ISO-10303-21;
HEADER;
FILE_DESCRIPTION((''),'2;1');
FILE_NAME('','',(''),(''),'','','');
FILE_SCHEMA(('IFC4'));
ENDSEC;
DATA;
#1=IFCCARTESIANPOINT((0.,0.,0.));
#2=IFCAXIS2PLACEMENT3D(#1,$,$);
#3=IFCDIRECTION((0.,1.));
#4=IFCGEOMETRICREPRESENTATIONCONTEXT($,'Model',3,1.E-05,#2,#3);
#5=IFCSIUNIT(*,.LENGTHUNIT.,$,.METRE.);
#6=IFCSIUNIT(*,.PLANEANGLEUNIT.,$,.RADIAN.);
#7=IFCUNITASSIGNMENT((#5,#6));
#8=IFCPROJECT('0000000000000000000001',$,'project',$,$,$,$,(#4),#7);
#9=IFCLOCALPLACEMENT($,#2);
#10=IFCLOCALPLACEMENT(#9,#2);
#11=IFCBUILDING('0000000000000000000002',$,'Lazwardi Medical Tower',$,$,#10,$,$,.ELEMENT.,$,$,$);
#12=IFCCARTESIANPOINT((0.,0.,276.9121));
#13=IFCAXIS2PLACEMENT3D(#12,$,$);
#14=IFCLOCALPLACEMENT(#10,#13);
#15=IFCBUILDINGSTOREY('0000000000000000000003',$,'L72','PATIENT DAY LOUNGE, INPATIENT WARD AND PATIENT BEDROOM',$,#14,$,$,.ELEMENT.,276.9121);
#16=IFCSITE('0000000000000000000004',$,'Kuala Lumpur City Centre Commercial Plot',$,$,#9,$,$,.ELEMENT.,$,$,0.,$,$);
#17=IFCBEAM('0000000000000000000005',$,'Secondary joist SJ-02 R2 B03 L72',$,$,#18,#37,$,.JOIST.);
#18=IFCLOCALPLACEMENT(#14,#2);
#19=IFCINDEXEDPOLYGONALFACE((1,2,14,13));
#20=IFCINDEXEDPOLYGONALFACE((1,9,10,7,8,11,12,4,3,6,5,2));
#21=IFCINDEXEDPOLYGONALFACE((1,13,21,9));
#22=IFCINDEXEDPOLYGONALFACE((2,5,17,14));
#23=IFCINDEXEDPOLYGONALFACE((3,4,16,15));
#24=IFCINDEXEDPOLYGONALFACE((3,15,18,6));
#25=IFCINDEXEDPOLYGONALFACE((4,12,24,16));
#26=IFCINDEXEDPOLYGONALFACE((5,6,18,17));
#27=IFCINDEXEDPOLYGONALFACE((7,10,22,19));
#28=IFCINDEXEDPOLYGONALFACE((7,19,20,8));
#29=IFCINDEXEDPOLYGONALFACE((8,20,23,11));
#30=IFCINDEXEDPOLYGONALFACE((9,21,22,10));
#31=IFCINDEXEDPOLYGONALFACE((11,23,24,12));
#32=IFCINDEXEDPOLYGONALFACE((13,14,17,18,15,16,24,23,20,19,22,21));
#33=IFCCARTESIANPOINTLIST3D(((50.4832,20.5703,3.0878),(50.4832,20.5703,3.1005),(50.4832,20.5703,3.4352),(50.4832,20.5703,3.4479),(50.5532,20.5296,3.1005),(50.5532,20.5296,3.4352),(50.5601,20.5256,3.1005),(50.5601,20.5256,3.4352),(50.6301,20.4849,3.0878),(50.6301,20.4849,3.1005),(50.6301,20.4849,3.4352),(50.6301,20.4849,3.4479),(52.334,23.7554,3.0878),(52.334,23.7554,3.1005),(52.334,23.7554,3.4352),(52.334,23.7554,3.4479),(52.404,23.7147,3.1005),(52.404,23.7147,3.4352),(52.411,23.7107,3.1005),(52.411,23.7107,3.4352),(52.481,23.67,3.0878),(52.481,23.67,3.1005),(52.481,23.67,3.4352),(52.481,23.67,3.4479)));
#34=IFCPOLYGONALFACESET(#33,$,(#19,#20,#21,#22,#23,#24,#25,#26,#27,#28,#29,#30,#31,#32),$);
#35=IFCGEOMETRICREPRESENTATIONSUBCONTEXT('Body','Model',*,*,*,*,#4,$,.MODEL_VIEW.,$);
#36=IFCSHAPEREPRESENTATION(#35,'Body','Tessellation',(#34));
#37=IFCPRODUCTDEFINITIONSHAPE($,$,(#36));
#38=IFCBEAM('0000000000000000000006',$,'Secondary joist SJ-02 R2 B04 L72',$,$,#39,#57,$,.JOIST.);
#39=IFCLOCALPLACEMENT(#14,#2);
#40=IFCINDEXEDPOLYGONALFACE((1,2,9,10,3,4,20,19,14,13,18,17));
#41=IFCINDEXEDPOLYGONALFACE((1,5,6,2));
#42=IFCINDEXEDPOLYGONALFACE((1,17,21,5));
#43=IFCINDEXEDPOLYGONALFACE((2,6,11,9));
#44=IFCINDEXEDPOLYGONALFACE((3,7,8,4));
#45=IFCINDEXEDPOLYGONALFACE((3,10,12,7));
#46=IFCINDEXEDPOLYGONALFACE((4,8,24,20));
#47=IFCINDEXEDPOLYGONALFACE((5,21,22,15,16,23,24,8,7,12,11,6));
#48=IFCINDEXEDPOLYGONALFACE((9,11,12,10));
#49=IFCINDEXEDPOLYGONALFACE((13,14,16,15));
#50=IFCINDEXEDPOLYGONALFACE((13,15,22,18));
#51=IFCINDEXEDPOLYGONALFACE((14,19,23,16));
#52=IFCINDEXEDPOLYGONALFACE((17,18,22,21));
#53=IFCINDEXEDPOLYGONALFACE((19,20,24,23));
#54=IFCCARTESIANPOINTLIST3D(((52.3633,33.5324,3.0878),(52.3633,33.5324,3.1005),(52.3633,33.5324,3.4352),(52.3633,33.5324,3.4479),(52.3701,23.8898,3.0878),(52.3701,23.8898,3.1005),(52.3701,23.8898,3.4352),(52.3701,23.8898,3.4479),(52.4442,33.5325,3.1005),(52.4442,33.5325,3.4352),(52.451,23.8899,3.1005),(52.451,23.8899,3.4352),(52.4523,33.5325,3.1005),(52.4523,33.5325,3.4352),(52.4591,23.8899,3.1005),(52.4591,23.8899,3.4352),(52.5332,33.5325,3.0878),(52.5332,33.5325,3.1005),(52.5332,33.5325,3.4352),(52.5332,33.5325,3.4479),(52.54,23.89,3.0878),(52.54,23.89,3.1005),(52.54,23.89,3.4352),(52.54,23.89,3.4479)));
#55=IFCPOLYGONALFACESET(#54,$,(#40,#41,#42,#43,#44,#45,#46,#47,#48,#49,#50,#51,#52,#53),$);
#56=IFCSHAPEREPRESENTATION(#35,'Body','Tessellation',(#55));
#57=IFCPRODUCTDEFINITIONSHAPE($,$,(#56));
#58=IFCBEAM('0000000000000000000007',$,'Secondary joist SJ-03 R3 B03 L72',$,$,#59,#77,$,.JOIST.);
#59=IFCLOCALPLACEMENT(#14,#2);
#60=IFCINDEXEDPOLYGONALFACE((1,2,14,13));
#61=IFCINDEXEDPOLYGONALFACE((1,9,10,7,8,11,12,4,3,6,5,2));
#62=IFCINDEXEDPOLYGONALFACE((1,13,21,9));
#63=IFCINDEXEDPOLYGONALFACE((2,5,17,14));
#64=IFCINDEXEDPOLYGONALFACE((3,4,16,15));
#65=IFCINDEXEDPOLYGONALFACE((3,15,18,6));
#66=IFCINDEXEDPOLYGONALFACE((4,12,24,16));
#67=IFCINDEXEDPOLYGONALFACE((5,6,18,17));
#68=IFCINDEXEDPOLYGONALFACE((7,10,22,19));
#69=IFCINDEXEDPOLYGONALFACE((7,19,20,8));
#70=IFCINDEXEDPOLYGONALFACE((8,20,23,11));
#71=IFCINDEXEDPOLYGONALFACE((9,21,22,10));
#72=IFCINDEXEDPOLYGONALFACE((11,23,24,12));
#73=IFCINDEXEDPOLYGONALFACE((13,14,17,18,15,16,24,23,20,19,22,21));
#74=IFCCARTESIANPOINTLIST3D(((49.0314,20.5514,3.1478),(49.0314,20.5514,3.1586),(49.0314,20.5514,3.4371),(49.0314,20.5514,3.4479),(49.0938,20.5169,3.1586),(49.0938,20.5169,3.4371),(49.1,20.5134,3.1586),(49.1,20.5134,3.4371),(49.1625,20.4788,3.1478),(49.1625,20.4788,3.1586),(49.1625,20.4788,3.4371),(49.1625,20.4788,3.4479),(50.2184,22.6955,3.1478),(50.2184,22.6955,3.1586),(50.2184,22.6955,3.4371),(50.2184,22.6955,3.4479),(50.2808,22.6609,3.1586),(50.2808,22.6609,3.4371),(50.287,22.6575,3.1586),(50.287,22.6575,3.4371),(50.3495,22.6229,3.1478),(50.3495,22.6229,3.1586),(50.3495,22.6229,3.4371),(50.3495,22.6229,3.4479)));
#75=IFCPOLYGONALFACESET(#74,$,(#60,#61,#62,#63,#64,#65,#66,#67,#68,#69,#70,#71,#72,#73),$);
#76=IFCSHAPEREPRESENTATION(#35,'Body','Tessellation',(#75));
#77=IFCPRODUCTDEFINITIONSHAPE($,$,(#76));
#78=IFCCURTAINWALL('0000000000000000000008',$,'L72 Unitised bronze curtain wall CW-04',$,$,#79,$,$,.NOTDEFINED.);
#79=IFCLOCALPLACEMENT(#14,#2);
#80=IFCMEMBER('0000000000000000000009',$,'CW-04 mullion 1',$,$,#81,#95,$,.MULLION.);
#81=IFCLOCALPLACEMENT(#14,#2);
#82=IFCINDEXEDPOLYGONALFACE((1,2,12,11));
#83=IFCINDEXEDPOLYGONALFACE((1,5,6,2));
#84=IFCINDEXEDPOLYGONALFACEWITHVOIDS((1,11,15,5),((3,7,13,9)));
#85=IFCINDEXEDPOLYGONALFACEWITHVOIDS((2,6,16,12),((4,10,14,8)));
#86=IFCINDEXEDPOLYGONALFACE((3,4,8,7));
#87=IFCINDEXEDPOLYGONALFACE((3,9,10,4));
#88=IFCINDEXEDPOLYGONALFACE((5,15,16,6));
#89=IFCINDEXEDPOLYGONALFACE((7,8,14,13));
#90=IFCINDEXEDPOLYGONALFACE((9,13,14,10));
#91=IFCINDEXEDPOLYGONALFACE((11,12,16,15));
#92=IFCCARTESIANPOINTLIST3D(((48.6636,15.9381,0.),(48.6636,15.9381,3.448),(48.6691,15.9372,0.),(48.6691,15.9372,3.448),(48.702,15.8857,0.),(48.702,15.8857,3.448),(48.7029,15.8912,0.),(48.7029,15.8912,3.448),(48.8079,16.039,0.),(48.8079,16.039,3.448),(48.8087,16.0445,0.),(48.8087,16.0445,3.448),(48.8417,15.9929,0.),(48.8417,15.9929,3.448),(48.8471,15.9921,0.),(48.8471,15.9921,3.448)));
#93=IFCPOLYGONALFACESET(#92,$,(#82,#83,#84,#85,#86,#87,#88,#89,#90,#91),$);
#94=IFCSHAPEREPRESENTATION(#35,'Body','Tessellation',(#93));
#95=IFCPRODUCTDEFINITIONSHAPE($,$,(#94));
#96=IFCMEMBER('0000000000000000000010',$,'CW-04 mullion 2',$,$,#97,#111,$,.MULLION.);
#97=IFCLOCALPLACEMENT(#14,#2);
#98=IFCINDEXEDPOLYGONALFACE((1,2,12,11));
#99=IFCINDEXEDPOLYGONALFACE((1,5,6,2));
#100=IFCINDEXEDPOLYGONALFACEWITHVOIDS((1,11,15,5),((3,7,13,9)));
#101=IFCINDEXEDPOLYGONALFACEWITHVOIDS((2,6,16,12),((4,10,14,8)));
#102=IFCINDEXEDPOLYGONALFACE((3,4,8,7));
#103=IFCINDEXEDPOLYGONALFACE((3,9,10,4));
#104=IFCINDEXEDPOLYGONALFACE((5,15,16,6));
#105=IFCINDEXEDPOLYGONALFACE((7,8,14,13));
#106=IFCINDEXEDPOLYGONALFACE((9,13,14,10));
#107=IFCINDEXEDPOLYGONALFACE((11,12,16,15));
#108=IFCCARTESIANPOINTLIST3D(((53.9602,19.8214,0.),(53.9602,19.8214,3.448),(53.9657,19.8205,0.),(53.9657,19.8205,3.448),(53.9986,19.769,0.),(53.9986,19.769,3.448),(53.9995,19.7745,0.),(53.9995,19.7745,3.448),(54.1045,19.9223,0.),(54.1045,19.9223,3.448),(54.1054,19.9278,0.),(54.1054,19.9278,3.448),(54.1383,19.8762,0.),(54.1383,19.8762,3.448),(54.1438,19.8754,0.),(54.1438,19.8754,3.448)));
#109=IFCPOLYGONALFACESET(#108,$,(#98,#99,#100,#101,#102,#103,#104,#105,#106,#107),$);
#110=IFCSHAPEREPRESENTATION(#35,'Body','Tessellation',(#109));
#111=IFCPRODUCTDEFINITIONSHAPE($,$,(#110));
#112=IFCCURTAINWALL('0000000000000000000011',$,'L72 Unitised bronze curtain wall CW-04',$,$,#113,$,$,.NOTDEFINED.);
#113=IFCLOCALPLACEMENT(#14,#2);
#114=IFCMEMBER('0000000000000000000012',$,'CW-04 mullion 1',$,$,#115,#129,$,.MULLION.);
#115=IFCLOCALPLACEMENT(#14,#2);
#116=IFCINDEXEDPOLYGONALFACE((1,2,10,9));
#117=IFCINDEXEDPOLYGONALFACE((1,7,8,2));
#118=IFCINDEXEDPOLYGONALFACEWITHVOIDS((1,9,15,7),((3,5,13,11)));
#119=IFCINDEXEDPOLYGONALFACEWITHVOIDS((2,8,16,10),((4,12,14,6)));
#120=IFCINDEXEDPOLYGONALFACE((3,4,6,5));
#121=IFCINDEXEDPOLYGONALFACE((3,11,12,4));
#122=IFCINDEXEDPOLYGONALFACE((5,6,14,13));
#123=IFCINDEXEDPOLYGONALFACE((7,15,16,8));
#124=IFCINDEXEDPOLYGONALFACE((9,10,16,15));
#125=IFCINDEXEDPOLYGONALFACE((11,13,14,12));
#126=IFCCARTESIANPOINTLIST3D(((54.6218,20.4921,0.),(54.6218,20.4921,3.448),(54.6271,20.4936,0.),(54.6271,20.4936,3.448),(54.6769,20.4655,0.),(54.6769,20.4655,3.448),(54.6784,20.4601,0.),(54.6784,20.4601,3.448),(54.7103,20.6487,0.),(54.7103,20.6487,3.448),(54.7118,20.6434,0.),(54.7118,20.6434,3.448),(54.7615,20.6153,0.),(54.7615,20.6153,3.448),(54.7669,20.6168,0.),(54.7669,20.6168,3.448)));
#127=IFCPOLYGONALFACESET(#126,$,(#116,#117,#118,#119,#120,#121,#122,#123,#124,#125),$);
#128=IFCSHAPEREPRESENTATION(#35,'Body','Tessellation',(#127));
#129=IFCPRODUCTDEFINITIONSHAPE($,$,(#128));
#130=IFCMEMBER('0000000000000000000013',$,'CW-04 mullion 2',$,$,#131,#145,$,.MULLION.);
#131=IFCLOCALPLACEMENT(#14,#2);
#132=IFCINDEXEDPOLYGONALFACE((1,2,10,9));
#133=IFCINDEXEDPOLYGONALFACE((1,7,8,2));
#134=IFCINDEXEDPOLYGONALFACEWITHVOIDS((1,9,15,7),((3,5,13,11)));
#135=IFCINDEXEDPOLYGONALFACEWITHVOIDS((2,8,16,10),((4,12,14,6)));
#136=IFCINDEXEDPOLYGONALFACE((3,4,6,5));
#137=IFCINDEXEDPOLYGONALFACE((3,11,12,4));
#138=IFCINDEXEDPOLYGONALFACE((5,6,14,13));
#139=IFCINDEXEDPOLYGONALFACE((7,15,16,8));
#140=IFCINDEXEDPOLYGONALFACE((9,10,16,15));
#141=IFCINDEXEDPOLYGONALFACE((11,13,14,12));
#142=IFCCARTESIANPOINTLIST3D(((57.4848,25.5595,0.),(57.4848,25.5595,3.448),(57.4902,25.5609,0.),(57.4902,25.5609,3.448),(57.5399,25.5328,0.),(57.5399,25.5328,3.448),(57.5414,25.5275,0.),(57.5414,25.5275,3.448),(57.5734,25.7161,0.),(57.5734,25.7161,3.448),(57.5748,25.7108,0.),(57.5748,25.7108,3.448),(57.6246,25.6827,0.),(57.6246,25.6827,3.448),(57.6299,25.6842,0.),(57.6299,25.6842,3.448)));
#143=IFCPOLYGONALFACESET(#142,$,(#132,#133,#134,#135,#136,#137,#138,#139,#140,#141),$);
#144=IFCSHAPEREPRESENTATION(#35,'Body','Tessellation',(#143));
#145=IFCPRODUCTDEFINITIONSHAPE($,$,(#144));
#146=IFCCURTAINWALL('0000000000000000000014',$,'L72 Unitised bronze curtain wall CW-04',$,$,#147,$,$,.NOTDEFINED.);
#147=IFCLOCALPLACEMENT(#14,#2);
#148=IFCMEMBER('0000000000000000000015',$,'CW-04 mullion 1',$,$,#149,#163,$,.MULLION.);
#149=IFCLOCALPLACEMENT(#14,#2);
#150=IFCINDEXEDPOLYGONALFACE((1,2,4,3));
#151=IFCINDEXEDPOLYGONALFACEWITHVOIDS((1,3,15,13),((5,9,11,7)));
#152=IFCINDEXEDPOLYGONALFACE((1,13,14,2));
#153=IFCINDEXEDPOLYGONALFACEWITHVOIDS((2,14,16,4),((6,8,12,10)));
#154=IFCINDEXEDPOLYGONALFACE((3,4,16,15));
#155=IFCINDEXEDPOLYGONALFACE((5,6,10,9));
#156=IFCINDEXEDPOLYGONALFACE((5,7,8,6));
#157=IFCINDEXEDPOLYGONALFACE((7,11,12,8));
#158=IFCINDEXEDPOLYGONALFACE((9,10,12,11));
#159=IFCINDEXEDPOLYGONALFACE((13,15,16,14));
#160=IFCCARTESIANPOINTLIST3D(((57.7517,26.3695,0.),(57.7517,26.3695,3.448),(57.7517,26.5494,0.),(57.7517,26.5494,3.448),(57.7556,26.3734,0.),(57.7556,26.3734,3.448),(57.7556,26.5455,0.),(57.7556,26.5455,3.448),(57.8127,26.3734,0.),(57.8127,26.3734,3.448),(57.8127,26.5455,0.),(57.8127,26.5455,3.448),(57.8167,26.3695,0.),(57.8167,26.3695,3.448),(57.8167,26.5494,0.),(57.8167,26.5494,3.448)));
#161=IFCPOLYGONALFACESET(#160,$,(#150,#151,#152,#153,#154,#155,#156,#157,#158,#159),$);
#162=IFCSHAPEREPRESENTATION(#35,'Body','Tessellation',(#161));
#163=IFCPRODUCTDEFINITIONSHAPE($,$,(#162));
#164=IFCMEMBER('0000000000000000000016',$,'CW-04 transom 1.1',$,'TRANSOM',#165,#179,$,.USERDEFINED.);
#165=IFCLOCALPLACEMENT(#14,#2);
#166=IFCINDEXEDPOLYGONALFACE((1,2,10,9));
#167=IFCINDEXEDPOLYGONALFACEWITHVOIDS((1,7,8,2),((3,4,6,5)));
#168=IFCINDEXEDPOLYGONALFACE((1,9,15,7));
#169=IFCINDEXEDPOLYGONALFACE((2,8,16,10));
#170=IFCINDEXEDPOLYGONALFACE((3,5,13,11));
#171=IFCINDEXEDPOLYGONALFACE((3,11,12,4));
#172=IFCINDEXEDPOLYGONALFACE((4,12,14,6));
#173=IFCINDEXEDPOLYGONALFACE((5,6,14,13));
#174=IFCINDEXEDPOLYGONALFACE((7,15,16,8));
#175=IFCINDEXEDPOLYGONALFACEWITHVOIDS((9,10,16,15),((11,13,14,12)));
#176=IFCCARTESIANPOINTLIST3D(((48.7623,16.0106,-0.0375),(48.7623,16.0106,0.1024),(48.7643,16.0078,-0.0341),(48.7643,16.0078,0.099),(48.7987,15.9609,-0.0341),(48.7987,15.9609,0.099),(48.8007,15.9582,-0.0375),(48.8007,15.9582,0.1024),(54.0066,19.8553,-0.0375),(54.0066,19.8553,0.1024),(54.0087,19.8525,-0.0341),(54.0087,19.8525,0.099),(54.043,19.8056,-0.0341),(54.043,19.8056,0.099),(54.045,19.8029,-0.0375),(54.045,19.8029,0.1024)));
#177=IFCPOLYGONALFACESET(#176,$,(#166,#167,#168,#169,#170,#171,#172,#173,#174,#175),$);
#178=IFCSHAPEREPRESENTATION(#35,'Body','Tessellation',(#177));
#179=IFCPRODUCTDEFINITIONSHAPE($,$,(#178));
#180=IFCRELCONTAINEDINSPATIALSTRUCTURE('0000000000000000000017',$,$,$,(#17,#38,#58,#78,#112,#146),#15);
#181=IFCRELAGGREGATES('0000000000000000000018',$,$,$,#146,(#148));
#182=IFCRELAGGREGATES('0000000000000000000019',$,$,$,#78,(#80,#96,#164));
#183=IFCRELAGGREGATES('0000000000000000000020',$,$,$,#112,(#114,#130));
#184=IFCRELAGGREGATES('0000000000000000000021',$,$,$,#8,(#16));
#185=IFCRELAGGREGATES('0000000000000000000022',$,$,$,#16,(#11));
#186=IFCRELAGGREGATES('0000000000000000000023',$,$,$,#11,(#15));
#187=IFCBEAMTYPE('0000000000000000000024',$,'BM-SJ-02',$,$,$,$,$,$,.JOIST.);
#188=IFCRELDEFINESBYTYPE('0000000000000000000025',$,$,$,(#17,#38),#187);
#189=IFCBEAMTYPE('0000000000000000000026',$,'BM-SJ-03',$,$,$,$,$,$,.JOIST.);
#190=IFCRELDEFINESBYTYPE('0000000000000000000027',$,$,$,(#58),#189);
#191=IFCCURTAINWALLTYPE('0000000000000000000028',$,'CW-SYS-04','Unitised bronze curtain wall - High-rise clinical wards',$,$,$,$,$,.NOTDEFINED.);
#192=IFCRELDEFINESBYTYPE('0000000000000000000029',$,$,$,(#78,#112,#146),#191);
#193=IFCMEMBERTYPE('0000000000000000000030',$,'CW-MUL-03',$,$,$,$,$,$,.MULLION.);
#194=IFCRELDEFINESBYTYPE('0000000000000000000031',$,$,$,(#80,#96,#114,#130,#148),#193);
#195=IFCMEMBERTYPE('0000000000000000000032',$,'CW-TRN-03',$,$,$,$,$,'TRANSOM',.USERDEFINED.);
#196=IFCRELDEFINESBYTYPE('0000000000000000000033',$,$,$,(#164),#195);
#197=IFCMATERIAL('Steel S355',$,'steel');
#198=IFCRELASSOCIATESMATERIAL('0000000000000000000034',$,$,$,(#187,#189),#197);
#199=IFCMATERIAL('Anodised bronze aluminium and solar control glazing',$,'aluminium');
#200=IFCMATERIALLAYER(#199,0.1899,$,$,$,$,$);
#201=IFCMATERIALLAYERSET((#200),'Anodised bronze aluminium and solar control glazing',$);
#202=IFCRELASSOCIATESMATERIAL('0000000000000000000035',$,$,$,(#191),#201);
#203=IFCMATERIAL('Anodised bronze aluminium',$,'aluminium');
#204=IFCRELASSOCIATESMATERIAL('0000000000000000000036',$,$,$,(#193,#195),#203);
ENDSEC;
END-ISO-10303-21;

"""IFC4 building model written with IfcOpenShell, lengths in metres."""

from ifc_helpers import new_model, si_unit, direction, frame, origin, origin_2d, place, context, subcontext, project, spatial, hollow_rectangle, i_section, extrude, material, layer, layer_set, material_profile, profile_set, type_object, element, aggregate, save


model = new_model("IFC4")

# Units and contexts
model_context = context("Model", 3, precision=1e-05, world=origin(), true_north=direction((0.0, 1.0)))
body_context = subcontext(model_context, "Body", "Model", "MODEL_VIEW")
ifc_project = project(units=[si_unit("LENGTHUNIT", "METRE"), si_unit("PLANEANGLEUNIT", "RADIAN")], contexts=[model_context])

# Site, building, storey
site_placement = place(None, origin())
site = spatial("IfcSite", under=ifc_project, at=site_placement, Name="Kuala Lumpur City Centre Commercial Plot", CompositionType="ELEMENT", RefElevation=0.0)
building_placement = place(site_placement, origin())
building = spatial("IfcBuilding", under=site, at=building_placement, Name="Lazwardi Medical Tower", CompositionType="ELEMENT")
storey_placement = place(building_placement, frame((0.0, 0.0, 276.9121)))
storey = spatial("IfcBuildingStorey", under=building, at=storey_placement, Name="L72", Description="PATIENT DAY LOUNGE, INPATIENT WARD AND PATIENT BEDROOM", CompositionType="ELEMENT", Elevation=276.9121)

# Beams
ifc_material_1 = material(Name="Steel S355", Category="steel")
ifc_material_profile_1 = material_profile(ifc_material_1, i_section(OverallWidth=0.1699, OverallDepth=0.3601, WebThickness=0.0081, FlangeThickness=0.0127, at=origin_2d()), Name="IPE 360")
ifc_profile_set_1 = profile_set([ifc_material_profile_1], Name="Steel S355")
beam_type_1 = type_object("IfcBeamType", Name="BM-SJ-02", PredefinedType="JOIST", material=ifc_profile_set_1)
beam_1_placement = place(storey_placement, frame((50.5566, 20.5276, 3.2678), z_axis=(0.502428, 0.864619, 0.0), x_axis=(-0.864619, 0.502428, 0.0)))
element("IfcBeam", 1, at=beam_1_placement, inside=storey, type_object=beam_type_1, Name="Secondary joist SJ-02 R2 B03 L72", PredefinedType="JOIST", context=body_context, shape_type="SweptSolid", body=[
    extrude(i_section(OverallWidth=0.1699, OverallDepth=0.3601, WebThickness=0.0081, FlangeThickness=0.0127, at=origin_2d()), origin(), (0.0, 0.0, 1.0), 3.6838),
])
beam_2_placement = place(storey_placement, frame((52.4551, 23.8899, 3.2678), z_axis=(-0.000709, 1.0, 0.0), x_axis=(-1.0, -0.000709, 0.0)))
element("IfcBeam", 2, at=beam_2_placement, inside=storey, type_object=beam_type_1, Name="Secondary joist SJ-02 R2 B04 L72", PredefinedType="JOIST", context=body_context, shape_type="SweptSolid", body=[
    extrude(i_section(OverallWidth=0.1699, OverallDepth=0.3601, WebThickness=0.0081, FlangeThickness=0.0127, at=origin_2d()), origin(), (0.0, 0.0, 1.0), 9.6426),
])
ifc_material_profile_2 = material_profile(ifc_material_1, i_section(OverallWidth=0.1499, OverallDepth=0.3, WebThickness=0.0071, FlangeThickness=0.0107, at=origin_2d()), Name="IPE 300")
ifc_profile_set_2 = profile_set([ifc_material_profile_2], Name="Steel S355")
beam_type_2 = type_object("IfcBeamType", Name="BM-SJ-03", PredefinedType="JOIST", material=ifc_profile_set_2)
beam_3_placement = place(storey_placement, frame((49.0969, 20.5151, 3.2979), z_axis=(0.484357, 0.874871, 0.0), x_axis=(-0.874871, 0.484357, 0.0)))
element("IfcBeam", 3, at=beam_3_placement, inside=storey, type_object=beam_type_2, Name="Secondary joist SJ-03 R3 B03 L72", PredefinedType="JOIST", context=body_context, shape_type="SweptSolid", body=[
    extrude(i_section(OverallWidth=0.1499, OverallDepth=0.3, WebThickness=0.0071, FlangeThickness=0.0107, at=origin_2d()), origin(), (0.0, 0.0, 1.0), 2.4507),
])

# Curtain walls, members
ifc_material_2 = material(Name="Anodised bronze aluminium and solar control glazing", Category="aluminium")
ifc_layer_1 = layer(ifc_material_2, 0.1899)
ifc_layer_set_1 = layer_set([ifc_layer_1], Name="Anodised bronze aluminium and solar control glazing")
curtain_wall_type = type_object("IfcCurtainWallType", Name="CW-SYS-04", Description="Unitised bronze curtain wall - High-rise clinical wards", PredefinedType="NOTDEFINED", material=ifc_layer_set_1)
curtain_wall_1_placement = place(storey_placement, origin())
curtain_wall_1 = element("IfcCurtainWall", 4, at=curtain_wall_1_placement, inside=storey, type_object=curtain_wall_type, Name="L72 Unitised bronze curtain wall CW-04", PredefinedType="NOTDEFINED")
ifc_material_3 = material(Name="Anodised bronze aluminium", Category="aluminium")
ifc_material_profile_3 = material_profile(ifc_material_3, hollow_rectangle(XDim=0.0649, YDim=0.1799, WallThickness=0.0039, at=origin_2d()), Name="ALU-MULLION 180x65x4")
ifc_profile_set_3 = profile_set([ifc_material_profile_3], Name="Anodised bronze aluminium")
member_type_1 = type_object("IfcMemberType", Name="CW-MUL-03", PredefinedType="MULLION", material=ifc_profile_set_3)
member_1_placement = place(storey_placement, frame((48.7554, 15.9651, 0.0), z_axis=(0.0, 0.0, 1.0), x_axis=(-0.591268, 0.806475, 0.0)))
member_1 = element("IfcMember", 5, at=member_1_placement, type_object=member_type_1, Name="CW-04 mullion 1", PredefinedType="MULLION", context=body_context, shape_type="SweptSolid", body=[
    extrude(hollow_rectangle(XDim=0.0649, YDim=0.1799, WallThickness=0.0039, at=origin_2d()), origin(), (0.0, 0.0, 1.0), 3.448),
])
member_2_placement = place(storey_placement, frame((54.052, 19.8484, 0.0), z_axis=(0.0, 0.0, 1.0), x_axis=(-0.591268, 0.806475, 0.0)))
member_2 = element("IfcMember", 6, at=member_2_placement, type_object=member_type_1, Name="CW-04 mullion 2", PredefinedType="MULLION", context=body_context, shape_type="SweptSolid", body=[
    extrude(hollow_rectangle(XDim=0.0649, YDim=0.1799, WallThickness=0.0039, at=origin_2d()), origin(), (0.0, 0.0, 1.0), 3.448),
])
curtain_wall_2_placement = place(storey_placement, origin())
curtain_wall_2 = element("IfcCurtainWall", 7, at=curtain_wall_2_placement, inside=storey, type_object=curtain_wall_type, Name="L72 Unitised bronze curtain wall CW-04", PredefinedType="NOTDEFINED")
member_3_placement = place(storey_placement, frame((54.6943, 20.5544, 0.0), z_axis=(0.0, 0.0, 1.0), x_axis=(-0.870651, 0.4919, 0.0)))
member_3 = element("IfcMember", 8, at=member_3_placement, type_object=member_type_1, Name="CW-04 mullion 1", PredefinedType="MULLION", context=body_context, shape_type="SweptSolid", body=[
    extrude(hollow_rectangle(XDim=0.0649, YDim=0.1799, WallThickness=0.0039, at=origin_2d()), origin(), (0.0, 0.0, 1.0), 3.448),
])
member_4_placement = place(storey_placement, frame((57.5574, 25.6218, 0.0), z_axis=(0.0, 0.0, 1.0), x_axis=(-0.870651, 0.4919, 0.0)))
member_4 = element("IfcMember", 9, at=member_4_placement, type_object=member_type_1, Name="CW-04 mullion 2", PredefinedType="MULLION", context=body_context, shape_type="SweptSolid", body=[
    extrude(hollow_rectangle(XDim=0.0649, YDim=0.1799, WallThickness=0.0039, at=origin_2d()), origin(), (0.0, 0.0, 1.0), 3.448),
])

# Curtain wall, member
curtain_wall_3_placement = place(storey_placement, origin())
curtain_wall_3 = element("IfcCurtainWall", 10, at=curtain_wall_3_placement, inside=storey, type_object=curtain_wall_type, Name="L72 Unitised bronze curtain wall CW-04", PredefinedType="NOTDEFINED")
member_5_placement = place(storey_placement, frame((57.7842, 26.4595, 0.0), z_axis=(0.0, 0.0, 1.0), x_axis=(-1.0, 0.0, 0.0)))
member_5 = element("IfcMember", 11, at=member_5_placement, type_object=member_type_1, Name="CW-04 mullion 1", PredefinedType="MULLION", context=body_context, shape_type="SweptSolid", body=[
    extrude(hollow_rectangle(XDim=0.0649, YDim=0.1799, WallThickness=0.0039, at=origin_2d()), origin(), (0.0, 0.0, 1.0), 3.448),
])

# Member
ifc_material_profile_4 = material_profile(ifc_material_3, hollow_rectangle(XDim=0.0649, YDim=0.1399, WallThickness=0.0034, at=origin_2d()), Name="ALU-TRANSOM 140x65x3.5")
ifc_profile_set_4 = profile_set([ifc_material_profile_4], Name="Anodised bronze aluminium")
member_type_2 = type_object("IfcMemberType", Name="CW-TRN-03", ElementType="TRANSOM", PredefinedType="USERDEFINED", material=ifc_profile_set_4)
member_6_placement = place(storey_placement, frame((48.7815, 15.9844, 0.0325), z_axis=(0.80649, 0.591248, 0.0), x_axis=(-0.591248, 0.80649, 0.0)))
member_6 = element("IfcMember", 12, at=member_6_placement, type_object=member_type_2, Name="CW-04 transom 1.1", ObjectType="TRANSOM", PredefinedType="USERDEFINED", context=body_context, shape_type="SweptSolid", body=[
    extrude(hollow_rectangle(XDim=0.0649, YDim=0.1399, WallThickness=0.0034, at=origin_2d()), origin(), (0.0, 0.0, 1.0), 6.5027),
])
aggregate(curtain_wall_3, [member_5])

aggregate(curtain_wall_1, [member_1, member_2, member_6])
aggregate(curtain_wall_2, [member_3, member_4])

save(model, "model.ifc")
